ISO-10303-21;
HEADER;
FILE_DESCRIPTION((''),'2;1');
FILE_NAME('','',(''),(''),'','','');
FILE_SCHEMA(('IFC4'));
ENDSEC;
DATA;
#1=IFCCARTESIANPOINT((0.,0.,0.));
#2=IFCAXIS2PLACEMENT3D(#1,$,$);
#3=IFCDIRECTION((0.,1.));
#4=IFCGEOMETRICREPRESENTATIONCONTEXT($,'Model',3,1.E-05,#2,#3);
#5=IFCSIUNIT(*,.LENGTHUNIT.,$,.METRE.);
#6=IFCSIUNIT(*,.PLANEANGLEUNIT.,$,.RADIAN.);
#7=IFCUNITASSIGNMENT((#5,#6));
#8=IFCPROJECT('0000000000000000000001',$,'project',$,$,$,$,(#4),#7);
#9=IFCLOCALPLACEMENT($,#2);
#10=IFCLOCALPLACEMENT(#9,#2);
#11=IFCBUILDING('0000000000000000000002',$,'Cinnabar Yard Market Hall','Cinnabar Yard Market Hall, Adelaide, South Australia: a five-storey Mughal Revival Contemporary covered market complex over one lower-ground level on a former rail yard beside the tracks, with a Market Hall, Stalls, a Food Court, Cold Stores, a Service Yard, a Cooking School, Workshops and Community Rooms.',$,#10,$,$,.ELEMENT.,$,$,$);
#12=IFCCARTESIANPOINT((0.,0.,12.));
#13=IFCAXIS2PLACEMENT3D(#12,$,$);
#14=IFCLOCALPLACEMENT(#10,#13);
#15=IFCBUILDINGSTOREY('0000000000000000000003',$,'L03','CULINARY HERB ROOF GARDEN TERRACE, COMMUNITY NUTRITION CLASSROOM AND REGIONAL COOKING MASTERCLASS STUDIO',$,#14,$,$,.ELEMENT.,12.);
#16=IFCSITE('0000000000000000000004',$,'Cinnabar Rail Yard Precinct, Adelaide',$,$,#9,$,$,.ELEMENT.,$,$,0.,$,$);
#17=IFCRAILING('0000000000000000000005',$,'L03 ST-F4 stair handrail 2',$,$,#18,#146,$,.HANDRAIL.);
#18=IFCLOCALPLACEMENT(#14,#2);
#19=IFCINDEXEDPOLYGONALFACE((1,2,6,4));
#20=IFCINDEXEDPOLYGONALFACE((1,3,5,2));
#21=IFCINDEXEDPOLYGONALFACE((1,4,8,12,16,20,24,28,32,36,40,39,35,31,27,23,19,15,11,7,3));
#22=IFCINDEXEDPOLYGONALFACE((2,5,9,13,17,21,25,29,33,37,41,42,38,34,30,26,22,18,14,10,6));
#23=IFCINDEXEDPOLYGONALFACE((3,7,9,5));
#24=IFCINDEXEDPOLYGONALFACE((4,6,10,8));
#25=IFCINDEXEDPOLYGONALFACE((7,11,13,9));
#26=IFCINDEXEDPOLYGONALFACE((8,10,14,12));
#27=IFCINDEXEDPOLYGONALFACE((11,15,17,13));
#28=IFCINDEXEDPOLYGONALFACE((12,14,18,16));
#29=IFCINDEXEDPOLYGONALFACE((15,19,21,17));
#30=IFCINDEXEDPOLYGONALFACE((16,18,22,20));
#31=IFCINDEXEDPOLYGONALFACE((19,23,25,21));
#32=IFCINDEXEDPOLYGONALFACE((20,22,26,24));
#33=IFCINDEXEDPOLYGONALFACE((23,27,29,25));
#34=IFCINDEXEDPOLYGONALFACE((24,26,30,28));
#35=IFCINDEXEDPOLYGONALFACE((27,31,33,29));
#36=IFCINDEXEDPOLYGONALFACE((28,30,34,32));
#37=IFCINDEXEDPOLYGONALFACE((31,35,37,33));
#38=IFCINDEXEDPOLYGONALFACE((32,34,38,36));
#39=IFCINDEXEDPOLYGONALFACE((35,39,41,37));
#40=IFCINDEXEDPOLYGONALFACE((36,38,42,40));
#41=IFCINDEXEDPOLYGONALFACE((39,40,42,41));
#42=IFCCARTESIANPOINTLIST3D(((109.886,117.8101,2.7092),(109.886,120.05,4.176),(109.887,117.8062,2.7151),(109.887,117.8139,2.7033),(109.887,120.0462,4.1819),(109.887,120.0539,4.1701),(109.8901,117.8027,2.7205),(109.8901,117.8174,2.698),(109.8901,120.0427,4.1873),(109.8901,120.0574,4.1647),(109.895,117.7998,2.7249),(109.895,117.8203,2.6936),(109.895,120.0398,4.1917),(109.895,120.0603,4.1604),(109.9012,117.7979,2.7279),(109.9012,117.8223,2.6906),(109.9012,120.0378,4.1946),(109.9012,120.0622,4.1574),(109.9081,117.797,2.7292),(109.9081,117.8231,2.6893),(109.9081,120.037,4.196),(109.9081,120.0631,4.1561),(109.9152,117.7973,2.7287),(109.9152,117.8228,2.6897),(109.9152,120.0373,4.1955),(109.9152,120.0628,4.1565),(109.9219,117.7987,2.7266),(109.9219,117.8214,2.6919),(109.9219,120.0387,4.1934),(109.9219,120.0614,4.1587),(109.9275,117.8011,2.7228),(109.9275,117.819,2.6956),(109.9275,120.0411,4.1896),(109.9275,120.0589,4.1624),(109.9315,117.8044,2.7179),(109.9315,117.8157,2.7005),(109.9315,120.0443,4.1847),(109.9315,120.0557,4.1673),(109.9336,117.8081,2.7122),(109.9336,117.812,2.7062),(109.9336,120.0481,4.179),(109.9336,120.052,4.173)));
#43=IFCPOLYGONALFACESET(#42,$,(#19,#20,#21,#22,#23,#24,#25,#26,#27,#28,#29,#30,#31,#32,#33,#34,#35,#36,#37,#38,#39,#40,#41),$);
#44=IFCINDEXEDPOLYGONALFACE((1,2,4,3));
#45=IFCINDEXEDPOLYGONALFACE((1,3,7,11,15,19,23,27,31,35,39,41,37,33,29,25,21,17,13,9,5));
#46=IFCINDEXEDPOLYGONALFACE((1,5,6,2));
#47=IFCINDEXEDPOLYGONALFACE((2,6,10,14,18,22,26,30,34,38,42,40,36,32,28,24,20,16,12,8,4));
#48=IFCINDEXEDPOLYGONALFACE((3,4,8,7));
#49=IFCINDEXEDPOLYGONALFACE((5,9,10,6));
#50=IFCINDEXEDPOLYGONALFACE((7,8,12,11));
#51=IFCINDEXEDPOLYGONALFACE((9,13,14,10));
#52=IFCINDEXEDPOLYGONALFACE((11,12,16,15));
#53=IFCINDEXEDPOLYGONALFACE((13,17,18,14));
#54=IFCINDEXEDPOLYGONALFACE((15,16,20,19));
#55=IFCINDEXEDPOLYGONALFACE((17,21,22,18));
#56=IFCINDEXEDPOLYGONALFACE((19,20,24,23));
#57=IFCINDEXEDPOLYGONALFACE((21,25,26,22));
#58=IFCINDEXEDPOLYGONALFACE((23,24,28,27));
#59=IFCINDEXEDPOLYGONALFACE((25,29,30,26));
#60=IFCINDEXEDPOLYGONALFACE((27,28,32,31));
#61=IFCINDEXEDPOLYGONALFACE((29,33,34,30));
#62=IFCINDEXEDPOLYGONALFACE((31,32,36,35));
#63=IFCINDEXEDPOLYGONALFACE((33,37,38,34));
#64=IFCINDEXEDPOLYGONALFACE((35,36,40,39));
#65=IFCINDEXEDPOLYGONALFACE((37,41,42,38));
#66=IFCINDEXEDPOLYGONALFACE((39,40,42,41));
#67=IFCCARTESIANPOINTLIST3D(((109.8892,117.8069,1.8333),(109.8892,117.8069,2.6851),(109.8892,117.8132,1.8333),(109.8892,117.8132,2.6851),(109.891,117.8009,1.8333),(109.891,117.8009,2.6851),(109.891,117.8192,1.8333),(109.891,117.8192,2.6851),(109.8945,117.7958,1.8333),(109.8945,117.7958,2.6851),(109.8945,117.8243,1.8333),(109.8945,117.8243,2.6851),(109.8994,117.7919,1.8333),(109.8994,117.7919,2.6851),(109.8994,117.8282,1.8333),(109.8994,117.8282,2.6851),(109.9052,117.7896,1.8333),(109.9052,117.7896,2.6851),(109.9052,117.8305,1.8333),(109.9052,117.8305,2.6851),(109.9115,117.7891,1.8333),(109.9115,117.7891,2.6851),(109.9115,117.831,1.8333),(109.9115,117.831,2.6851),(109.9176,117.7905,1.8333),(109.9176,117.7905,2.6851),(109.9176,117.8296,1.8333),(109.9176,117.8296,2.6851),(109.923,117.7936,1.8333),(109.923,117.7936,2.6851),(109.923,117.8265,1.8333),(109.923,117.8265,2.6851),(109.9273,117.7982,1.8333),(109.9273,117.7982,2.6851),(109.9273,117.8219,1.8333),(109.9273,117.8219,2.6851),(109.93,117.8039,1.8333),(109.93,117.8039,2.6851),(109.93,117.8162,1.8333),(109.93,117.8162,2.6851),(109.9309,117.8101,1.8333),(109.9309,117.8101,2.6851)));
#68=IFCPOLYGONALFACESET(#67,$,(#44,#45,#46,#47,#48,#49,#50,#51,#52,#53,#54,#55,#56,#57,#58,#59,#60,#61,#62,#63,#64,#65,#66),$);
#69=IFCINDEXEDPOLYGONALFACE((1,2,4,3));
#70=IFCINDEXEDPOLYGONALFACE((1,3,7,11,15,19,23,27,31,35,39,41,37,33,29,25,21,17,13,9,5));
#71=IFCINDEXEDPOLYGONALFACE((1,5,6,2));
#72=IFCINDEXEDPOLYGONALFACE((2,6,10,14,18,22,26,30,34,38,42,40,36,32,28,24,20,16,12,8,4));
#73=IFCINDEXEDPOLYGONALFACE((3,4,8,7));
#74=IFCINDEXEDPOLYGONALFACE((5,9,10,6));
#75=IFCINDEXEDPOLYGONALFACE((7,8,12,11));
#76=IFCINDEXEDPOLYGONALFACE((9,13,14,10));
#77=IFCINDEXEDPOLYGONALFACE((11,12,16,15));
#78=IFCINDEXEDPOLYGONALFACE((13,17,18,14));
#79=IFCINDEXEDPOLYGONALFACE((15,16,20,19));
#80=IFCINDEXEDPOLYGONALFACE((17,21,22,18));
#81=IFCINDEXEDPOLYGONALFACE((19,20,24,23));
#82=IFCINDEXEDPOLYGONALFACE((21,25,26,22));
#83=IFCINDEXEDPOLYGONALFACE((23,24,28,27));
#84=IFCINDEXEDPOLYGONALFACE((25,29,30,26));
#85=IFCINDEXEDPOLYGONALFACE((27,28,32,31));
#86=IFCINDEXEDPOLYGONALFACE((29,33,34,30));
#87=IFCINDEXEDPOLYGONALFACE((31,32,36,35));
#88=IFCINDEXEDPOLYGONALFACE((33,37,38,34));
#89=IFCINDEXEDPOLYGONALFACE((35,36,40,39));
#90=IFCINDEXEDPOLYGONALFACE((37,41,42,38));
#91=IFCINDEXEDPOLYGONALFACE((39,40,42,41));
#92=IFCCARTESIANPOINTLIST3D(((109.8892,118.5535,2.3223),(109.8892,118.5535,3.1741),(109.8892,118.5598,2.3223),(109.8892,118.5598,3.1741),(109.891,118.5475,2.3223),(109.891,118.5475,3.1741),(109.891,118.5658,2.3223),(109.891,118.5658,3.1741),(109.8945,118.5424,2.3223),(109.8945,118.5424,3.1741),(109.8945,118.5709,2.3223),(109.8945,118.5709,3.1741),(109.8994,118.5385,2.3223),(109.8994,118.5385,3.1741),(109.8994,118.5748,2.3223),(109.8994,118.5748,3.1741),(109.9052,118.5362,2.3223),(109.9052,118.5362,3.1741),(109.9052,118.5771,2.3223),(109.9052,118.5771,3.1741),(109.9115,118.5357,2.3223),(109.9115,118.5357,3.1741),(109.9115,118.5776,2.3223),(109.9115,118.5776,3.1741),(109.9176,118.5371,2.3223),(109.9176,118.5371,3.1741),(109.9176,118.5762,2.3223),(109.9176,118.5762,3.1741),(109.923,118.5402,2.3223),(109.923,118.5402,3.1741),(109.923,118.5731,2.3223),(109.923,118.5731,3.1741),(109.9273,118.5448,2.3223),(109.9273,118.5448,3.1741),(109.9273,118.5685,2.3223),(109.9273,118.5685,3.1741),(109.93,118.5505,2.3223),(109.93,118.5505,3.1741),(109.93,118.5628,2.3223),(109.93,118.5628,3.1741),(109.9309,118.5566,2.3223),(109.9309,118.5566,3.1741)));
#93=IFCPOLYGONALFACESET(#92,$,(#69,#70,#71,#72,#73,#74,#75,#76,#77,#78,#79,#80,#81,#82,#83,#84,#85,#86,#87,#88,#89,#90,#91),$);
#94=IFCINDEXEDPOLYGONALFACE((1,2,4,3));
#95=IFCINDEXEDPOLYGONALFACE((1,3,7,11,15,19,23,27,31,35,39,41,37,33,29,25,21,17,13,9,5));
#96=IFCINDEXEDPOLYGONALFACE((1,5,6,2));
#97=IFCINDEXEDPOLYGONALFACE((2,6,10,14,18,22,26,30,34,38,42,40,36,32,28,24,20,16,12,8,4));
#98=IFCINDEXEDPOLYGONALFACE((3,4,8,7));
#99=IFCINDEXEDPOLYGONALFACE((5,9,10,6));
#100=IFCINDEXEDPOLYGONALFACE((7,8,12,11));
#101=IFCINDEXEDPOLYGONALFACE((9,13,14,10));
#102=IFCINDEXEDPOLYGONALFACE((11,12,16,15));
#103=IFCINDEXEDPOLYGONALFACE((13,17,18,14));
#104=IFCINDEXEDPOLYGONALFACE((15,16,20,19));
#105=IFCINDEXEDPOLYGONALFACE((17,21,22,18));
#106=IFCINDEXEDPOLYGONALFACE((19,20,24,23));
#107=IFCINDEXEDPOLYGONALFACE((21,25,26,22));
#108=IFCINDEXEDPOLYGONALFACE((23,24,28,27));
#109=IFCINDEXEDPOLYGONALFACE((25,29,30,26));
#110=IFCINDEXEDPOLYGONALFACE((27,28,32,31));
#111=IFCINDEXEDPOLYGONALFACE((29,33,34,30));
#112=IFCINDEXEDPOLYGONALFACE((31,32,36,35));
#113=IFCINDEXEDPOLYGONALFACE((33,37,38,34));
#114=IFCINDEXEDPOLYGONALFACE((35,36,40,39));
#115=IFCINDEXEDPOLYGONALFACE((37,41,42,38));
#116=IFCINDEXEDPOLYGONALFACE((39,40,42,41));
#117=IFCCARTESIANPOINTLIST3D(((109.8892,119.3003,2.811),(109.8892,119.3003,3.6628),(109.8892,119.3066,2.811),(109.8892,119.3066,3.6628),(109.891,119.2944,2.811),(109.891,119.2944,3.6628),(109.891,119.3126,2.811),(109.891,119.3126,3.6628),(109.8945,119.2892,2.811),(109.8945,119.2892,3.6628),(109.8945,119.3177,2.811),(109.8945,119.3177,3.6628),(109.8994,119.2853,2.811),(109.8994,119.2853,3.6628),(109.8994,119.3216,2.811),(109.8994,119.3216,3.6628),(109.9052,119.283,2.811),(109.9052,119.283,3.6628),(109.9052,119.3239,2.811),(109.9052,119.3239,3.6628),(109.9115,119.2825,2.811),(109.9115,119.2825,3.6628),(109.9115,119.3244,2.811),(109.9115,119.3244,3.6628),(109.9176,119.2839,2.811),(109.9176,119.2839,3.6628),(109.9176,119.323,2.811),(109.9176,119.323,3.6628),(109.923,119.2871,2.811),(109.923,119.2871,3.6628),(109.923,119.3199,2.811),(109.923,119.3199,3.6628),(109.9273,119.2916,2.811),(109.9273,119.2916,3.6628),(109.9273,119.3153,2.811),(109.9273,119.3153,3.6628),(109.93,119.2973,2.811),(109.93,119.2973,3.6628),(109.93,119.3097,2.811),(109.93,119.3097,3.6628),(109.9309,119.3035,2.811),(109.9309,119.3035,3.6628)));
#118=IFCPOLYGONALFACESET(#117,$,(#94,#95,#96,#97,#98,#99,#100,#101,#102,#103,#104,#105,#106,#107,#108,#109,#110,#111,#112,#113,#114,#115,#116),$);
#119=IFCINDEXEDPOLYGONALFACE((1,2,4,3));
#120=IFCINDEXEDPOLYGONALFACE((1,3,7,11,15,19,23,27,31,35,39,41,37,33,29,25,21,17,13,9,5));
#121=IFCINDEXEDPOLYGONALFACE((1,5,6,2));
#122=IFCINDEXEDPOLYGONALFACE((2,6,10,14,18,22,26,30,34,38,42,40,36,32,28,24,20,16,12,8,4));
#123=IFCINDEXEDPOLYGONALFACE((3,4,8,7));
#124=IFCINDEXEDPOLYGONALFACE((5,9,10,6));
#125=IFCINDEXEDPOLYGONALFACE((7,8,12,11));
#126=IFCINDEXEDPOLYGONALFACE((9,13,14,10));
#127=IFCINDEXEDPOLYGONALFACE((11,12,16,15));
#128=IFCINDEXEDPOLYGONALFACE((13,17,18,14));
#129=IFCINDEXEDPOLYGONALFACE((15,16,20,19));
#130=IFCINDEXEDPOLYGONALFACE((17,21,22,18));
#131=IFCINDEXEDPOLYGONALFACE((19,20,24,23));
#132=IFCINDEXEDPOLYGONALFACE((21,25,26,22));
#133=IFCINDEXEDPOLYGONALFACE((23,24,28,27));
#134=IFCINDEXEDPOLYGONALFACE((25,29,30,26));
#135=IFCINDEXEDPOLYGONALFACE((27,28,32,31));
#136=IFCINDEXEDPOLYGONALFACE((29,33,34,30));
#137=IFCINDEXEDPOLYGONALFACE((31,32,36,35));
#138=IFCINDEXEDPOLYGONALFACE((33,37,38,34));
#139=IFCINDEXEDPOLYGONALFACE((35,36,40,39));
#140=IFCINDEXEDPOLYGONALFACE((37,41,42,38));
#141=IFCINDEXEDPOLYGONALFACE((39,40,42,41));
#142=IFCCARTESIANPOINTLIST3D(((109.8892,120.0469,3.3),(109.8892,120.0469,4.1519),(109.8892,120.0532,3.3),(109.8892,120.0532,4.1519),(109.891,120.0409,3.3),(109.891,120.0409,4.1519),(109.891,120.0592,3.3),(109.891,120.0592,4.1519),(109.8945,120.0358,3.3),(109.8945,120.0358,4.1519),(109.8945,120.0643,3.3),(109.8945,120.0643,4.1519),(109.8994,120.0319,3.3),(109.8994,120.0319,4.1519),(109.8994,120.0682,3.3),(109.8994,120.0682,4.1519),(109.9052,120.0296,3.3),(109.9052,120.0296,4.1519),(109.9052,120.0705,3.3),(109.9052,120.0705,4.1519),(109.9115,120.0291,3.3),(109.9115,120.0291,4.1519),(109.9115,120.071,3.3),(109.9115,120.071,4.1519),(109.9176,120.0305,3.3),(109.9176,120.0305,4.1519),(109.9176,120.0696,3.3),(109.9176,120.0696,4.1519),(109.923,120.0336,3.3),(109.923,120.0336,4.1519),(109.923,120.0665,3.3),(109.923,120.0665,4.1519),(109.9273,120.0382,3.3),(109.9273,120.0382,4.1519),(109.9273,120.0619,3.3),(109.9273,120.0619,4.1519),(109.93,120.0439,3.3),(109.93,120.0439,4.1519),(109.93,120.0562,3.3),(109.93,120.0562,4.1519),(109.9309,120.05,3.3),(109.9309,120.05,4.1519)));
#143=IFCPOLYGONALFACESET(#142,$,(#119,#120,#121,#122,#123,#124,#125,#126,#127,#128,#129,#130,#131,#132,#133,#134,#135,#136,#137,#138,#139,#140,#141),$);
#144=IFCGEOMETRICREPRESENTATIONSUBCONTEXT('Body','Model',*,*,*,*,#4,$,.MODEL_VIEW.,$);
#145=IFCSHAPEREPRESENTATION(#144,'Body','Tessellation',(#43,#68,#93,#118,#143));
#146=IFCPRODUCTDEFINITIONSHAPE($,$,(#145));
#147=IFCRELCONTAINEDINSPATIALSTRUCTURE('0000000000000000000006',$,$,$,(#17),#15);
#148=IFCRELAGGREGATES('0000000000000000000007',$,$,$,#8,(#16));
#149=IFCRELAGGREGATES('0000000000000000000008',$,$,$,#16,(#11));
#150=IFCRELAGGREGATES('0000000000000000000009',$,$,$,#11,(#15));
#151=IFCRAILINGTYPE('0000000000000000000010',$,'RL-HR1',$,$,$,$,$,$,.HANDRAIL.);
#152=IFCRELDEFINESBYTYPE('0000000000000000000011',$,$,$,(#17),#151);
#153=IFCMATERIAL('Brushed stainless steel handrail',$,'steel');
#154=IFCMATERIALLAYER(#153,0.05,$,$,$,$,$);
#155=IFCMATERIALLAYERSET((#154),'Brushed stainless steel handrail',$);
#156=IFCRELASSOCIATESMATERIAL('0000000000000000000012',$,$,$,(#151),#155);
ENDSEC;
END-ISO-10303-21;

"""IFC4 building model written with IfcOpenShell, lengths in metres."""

from ifc_helpers import new_model, si_unit, direction, frame, origin, origin_2d_with_axis, place, context, subcontext, project, spatial, circle, extrude, material, layer, layer_set, type_object, element, save


model = new_model("IFC4")

# Units and contexts
model_context = context("Model", 3, precision=1e-05, world=origin(), true_north=direction((0.0, 1.0)))
body_context = subcontext(model_context, "Body", "Model", "MODEL_VIEW")
ifc_project = project(units=[si_unit("LENGTHUNIT", "METRE"), si_unit("PLANEANGLEUNIT", "RADIAN")], contexts=[model_context])

# Site, building, storey
site_placement = place(None, origin())
site = spatial("IfcSite", under=ifc_project, at=site_placement, Name="Cinnabar Rail Yard Precinct, Adelaide", CompositionType="ELEMENT", RefElevation=0.0)
building_placement = place(site_placement, origin())
building = spatial("IfcBuilding", under=site, at=building_placement, Name="Cinnabar Yard Market Hall", Description="Cinnabar Yard Market Hall, Adelaide, South Australia: a five-storey Mughal Revival Contemporary covered market complex over one lower-ground level on a former rail yard beside the tracks, with a Market Hall, Stalls, a Food Court, Cold Stores, a Service Yard, a Cooking School, Workshops and Community Rooms.", CompositionType="ELEMENT")
storey_placement = place(building_placement, frame((0.0, 0.0, 12.0)))
storey = spatial("IfcBuildingStorey", under=building, at=storey_placement, Name="L03", Description="CULINARY HERB ROOF GARDEN TERRACE, COMMUNITY NUTRITION CLASSROOM AND REGIONAL COOKING MASTERCLASS STUDIO", CompositionType="ELEMENT", Elevation=12.0)

# Railing
ifc_material_1 = material(Name="Brushed stainless steel handrail", Category="steel")
ifc_layer_1 = layer(ifc_material_1, 0.05)
ifc_layer_set_1 = layer_set([ifc_layer_1], Name="Brushed stainless steel handrail")
railing_type_1 = type_object("IfcRailingType", Name="RL-HR1", PredefinedType="HANDRAIL", material=ifc_layer_set_1)
railing_1_placement = place(storey_placement, frame((109.9099, 117.8101, 1.8333)))
element("IfcRailing", 1, at=railing_1_placement, inside=storey, type_object=railing_type_1, Name="L03 ST-F4 stair handrail 2", PredefinedType="HANDRAIL", context=body_context, shape_type="SweptSolid", body=[
    extrude(circle(Radius=0.0239, at=origin_2d_with_axis()), frame((0.0, 0.0, 0.876), z_axis=(0.0, 0.836595, 0.547822), x_axis=(-1.0, 0.0, 0.0)), (0.0, 0.0, 1.0), 2.6775),
    extrude(circle(Radius=0.021, at=origin_2d_with_axis()), origin(), (0.0, 0.0, 1.0), 0.8518),
    extrude(circle(Radius=0.021, at=origin_2d_with_axis()), frame((0.0, 0.7466, 0.489)), (0.0, 0.0, 1.0), 0.8518),
    extrude(circle(Radius=0.021, at=origin_2d_with_axis()), frame((0.0, 1.4934, 0.9778)), (0.0, 0.0, 1.0), 0.8518),
    extrude(circle(Radius=0.021, at=origin_2d_with_axis()), frame((0.0, 2.24, 1.4668)), (0.0, 0.0, 1.0), 0.8518),
])

save(model, "model.ifc")
